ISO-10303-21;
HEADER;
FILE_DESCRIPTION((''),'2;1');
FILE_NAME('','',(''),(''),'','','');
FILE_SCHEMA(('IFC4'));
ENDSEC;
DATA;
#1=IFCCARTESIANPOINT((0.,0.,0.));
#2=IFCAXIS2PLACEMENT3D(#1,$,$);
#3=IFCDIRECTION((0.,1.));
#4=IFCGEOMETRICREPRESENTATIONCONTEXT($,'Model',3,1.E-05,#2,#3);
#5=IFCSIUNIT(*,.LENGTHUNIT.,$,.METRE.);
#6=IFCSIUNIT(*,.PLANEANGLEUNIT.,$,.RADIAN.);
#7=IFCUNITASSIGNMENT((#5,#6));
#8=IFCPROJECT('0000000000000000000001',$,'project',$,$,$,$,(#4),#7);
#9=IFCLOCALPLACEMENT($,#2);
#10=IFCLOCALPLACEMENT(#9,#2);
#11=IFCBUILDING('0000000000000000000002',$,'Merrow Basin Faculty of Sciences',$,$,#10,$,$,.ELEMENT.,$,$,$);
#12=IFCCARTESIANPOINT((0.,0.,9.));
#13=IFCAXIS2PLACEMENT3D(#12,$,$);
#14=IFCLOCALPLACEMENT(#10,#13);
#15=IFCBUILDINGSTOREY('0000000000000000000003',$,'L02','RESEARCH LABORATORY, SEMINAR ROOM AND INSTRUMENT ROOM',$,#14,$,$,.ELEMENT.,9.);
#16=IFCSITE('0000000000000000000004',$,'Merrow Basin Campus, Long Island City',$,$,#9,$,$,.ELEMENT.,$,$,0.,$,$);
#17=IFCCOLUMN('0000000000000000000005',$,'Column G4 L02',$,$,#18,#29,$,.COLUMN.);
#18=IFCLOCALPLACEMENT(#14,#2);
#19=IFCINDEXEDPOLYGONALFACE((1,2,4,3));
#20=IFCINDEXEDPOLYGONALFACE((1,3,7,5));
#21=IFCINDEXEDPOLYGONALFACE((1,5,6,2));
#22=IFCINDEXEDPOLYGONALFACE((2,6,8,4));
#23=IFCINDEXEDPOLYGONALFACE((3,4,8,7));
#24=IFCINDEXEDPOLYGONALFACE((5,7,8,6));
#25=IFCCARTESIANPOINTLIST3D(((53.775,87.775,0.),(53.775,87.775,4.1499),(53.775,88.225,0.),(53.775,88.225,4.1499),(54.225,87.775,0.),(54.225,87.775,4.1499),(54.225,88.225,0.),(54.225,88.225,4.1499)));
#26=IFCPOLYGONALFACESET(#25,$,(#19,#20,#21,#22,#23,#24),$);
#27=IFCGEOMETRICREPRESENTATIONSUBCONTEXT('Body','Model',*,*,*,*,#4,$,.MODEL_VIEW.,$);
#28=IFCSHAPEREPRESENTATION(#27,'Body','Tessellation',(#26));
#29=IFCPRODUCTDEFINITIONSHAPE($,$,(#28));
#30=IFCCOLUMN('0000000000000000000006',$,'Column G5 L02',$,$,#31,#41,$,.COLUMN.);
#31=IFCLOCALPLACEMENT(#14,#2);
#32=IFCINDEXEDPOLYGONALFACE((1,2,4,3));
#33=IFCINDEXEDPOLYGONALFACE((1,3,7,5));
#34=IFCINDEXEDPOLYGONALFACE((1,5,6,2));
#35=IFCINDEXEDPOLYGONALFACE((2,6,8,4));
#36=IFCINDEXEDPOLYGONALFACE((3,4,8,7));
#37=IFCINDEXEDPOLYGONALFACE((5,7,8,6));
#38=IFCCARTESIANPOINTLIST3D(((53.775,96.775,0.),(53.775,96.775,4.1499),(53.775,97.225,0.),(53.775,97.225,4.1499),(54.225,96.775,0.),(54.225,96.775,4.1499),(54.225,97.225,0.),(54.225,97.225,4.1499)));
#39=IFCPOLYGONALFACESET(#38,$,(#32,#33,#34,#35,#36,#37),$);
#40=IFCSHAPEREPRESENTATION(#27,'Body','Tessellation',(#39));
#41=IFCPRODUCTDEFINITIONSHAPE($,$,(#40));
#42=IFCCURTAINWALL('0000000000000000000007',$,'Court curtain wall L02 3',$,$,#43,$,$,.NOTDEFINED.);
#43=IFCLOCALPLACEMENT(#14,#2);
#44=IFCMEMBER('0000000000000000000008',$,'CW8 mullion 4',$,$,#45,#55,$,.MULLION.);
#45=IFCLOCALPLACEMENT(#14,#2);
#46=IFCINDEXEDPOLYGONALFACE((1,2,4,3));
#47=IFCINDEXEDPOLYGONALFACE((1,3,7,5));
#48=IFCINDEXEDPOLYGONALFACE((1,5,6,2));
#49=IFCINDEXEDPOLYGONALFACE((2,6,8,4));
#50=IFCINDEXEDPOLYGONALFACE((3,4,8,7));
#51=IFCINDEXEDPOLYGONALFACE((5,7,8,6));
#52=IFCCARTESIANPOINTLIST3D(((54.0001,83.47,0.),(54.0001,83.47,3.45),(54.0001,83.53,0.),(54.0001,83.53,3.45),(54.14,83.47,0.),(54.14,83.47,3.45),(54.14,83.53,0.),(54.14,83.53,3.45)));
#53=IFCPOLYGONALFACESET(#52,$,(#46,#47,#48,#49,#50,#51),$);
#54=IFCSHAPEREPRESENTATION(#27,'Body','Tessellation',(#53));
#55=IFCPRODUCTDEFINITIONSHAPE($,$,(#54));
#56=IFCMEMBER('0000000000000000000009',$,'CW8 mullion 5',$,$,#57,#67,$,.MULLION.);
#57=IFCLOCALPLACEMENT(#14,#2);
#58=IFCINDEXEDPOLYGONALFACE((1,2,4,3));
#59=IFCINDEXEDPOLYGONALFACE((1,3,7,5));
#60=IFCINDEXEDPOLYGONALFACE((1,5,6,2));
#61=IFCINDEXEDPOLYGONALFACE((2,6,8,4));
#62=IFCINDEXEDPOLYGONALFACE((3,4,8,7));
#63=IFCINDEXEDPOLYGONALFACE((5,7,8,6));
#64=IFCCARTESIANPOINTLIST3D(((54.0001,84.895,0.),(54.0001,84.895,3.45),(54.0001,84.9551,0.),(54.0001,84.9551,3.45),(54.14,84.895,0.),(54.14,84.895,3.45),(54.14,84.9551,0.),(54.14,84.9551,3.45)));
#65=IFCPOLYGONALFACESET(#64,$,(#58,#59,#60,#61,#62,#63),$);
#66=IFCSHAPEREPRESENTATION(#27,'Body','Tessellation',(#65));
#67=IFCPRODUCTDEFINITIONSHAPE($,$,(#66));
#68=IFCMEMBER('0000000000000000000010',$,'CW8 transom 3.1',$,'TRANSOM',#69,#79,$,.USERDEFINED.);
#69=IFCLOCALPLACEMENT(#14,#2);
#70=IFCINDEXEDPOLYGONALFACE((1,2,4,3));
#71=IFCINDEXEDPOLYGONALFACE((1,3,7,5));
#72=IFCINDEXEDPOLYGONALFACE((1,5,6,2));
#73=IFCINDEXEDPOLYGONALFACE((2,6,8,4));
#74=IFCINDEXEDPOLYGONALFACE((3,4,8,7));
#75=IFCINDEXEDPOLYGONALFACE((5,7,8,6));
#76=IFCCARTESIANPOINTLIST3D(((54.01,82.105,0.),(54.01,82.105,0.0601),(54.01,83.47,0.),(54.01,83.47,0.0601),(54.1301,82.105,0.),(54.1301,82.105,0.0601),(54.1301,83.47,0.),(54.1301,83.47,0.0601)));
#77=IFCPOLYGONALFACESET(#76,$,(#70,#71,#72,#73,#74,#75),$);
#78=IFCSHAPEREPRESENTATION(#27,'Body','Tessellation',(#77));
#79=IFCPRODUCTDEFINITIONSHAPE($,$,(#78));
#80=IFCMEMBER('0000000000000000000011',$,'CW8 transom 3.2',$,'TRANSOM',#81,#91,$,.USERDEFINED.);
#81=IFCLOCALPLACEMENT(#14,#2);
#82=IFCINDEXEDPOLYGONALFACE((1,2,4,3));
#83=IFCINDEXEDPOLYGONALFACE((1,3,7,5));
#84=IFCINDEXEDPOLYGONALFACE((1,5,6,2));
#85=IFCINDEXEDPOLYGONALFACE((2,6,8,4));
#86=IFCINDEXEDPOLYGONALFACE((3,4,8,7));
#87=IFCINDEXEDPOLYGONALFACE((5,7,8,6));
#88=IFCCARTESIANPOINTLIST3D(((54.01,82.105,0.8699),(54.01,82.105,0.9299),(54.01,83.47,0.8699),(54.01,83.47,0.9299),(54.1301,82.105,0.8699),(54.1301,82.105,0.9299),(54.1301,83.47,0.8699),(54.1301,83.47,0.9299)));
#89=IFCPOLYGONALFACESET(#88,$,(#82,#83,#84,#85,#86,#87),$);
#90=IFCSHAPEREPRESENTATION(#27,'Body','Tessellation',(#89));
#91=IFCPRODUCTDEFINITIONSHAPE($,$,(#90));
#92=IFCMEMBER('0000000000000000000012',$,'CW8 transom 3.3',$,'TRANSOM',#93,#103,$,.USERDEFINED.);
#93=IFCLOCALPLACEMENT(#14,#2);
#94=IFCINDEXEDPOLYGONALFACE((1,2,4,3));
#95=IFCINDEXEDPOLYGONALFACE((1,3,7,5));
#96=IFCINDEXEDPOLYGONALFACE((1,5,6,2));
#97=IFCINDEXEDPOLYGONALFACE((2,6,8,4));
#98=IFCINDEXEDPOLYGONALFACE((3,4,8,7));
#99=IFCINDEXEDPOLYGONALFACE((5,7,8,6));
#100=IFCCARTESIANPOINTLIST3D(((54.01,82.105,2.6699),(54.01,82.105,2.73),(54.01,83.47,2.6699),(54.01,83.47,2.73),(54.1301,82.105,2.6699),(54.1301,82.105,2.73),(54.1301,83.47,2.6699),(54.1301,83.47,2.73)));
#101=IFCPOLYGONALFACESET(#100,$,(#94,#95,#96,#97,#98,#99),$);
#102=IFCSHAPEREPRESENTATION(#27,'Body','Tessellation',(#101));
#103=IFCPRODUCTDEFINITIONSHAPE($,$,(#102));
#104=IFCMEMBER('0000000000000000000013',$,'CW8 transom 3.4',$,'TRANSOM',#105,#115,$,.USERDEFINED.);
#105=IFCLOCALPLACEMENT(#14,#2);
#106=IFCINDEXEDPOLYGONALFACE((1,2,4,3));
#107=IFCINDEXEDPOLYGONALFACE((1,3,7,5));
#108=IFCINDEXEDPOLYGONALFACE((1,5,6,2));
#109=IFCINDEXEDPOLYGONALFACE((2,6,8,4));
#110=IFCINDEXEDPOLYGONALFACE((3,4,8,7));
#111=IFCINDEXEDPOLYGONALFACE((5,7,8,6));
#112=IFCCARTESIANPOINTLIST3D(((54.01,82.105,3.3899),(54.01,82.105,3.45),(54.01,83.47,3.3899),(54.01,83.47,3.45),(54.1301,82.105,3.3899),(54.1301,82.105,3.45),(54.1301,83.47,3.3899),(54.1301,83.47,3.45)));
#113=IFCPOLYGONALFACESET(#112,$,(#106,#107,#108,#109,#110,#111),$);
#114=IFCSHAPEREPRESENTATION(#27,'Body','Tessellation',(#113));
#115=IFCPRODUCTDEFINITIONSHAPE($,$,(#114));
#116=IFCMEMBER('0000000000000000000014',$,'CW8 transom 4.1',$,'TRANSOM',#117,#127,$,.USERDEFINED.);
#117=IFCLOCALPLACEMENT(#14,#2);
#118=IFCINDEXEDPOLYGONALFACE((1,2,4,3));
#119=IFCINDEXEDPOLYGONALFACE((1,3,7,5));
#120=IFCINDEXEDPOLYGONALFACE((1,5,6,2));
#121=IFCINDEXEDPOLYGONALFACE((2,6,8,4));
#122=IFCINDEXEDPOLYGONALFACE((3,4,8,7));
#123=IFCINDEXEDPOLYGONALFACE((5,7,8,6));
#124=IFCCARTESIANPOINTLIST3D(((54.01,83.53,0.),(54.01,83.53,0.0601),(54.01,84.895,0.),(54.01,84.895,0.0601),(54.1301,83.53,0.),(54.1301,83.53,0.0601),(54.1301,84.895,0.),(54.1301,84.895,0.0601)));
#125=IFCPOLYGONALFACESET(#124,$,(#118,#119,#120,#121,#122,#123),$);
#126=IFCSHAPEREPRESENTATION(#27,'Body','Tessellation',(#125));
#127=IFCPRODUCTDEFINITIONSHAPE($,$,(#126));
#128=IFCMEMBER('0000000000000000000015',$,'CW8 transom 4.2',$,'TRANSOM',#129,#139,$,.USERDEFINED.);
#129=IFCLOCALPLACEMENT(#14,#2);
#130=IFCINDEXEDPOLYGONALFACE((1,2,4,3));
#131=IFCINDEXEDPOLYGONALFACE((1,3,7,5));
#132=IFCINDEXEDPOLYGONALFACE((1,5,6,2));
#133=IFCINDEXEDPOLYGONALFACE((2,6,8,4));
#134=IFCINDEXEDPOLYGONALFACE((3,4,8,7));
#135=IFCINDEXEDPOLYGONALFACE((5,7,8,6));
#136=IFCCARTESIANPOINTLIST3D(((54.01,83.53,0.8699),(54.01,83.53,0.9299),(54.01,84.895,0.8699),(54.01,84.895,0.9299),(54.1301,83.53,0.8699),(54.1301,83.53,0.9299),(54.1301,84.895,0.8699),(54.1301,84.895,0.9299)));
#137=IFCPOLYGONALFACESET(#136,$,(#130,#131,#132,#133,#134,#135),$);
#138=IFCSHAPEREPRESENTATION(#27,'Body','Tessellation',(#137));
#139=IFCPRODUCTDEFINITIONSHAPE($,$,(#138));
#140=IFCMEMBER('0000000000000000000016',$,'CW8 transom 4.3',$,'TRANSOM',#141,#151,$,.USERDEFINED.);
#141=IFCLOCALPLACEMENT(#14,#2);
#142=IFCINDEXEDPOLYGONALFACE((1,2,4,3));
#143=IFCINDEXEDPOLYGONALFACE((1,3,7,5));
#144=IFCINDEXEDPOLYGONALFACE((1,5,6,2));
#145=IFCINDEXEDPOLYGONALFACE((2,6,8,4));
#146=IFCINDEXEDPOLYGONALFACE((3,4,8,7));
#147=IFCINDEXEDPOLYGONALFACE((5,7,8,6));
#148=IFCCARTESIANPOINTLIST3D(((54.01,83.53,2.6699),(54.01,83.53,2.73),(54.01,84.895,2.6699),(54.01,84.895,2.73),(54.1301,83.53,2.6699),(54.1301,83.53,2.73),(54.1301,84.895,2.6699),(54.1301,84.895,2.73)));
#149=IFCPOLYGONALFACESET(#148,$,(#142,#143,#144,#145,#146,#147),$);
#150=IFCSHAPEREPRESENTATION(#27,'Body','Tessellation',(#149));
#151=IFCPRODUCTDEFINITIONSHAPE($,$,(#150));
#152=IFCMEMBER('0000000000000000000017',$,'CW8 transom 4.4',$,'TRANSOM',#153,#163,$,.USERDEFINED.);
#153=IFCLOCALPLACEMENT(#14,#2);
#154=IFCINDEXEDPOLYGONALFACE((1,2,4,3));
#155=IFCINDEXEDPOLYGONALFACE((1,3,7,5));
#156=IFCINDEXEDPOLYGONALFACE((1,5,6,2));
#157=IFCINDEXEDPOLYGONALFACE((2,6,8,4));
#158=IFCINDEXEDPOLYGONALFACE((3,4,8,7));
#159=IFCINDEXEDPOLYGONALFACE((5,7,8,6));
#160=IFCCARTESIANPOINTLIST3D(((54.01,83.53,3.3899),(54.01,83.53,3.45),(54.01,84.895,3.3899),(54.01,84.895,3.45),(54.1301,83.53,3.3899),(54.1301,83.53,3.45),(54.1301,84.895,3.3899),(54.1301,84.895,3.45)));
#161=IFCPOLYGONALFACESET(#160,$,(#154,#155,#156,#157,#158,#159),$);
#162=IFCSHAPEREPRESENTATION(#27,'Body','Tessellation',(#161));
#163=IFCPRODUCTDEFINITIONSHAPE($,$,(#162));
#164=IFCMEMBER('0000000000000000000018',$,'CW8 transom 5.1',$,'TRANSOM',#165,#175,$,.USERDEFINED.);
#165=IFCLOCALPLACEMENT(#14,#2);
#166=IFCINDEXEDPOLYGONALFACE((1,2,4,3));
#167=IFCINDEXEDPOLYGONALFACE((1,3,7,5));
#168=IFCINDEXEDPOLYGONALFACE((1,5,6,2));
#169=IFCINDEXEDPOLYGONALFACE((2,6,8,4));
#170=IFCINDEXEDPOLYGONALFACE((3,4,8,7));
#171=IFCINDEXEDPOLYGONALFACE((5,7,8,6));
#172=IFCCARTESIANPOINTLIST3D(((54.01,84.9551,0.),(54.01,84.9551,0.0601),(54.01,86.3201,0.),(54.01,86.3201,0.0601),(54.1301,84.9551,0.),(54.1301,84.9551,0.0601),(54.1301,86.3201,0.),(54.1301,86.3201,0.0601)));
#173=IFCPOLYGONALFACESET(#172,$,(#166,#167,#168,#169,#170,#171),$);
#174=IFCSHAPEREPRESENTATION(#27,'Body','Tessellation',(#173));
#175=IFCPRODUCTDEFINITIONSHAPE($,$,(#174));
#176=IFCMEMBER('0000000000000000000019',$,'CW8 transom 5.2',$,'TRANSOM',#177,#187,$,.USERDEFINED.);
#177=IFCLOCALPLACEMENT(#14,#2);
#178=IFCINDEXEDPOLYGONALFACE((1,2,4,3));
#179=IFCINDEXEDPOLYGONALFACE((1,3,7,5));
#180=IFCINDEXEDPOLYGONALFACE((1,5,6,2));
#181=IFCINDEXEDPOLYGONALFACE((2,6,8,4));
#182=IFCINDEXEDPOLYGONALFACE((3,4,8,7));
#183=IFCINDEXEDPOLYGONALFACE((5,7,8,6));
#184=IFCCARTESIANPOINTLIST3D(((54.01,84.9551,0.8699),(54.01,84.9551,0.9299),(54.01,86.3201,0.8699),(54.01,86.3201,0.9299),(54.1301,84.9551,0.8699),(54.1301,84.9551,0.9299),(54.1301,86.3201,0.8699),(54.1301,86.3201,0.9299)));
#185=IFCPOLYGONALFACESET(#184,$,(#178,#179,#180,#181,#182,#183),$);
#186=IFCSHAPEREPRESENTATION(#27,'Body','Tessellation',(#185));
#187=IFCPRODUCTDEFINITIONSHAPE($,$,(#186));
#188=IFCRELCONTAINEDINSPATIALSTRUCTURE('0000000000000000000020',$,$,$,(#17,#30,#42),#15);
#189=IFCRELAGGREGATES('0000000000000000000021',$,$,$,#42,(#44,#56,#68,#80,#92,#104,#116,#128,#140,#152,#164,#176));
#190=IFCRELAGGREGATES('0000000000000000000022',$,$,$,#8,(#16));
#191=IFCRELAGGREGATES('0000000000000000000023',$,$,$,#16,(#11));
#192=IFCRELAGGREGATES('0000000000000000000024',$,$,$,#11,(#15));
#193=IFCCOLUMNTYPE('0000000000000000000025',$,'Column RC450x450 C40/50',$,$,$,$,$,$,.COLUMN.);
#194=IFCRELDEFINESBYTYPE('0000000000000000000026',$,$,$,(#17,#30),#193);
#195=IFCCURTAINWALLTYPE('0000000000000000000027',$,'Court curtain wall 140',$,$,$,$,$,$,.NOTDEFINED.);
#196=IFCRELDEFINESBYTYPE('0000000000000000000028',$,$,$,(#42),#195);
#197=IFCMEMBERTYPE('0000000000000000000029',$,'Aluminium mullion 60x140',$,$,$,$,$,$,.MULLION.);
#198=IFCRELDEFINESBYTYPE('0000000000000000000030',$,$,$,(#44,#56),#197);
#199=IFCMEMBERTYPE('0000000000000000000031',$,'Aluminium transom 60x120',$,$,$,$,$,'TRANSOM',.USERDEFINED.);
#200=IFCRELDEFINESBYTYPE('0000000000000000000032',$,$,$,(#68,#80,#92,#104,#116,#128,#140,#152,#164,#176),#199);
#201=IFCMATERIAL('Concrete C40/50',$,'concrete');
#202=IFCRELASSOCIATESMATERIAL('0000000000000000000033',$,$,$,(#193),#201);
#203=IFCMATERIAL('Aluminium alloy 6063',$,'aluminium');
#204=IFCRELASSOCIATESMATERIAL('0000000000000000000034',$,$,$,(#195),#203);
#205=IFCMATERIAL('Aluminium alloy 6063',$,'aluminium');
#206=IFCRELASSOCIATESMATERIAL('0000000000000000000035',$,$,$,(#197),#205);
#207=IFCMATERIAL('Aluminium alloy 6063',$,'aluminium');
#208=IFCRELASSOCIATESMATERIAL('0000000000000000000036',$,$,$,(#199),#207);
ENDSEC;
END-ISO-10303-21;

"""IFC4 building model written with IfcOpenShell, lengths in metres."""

from ifc_helpers import new_model, si_unit, direction, frame, origin, origin_2d, place, context, subcontext, project, spatial, rectangle, extrude, material, material_profile, profile_set, type_object, element, aggregate, save


model = new_model("IFC4")

# Units and contexts
model_context = context("Model", 3, precision=1e-05, world=origin(), true_north=direction((0.0, 1.0)))
body_context = subcontext(model_context, "Body", "Model", "MODEL_VIEW")
ifc_project = project(units=[si_unit("LENGTHUNIT", "METRE"), si_unit("PLANEANGLEUNIT", "RADIAN")], contexts=[model_context])

# Site, building, storey
site_placement = place(None, origin())
site = spatial("IfcSite", under=ifc_project, at=site_placement, Name="Merrow Basin Campus, Long Island City", CompositionType="ELEMENT", RefElevation=0.0)
building_placement = place(site_placement, origin())
building = spatial("IfcBuilding", under=site, at=building_placement, Name="Merrow Basin Faculty of Sciences", CompositionType="ELEMENT")
storey_placement = place(building_placement, frame((0.0, 0.0, 9.0)))
storey = spatial("IfcBuildingStorey", under=building, at=storey_placement, Name="L02", Description="RESEARCH LABORATORY, SEMINAR ROOM AND INSTRUMENT ROOM", CompositionType="ELEMENT", Elevation=9.0)

# Columns
ifc_material_1 = material(Name="Concrete C40/50", Category="concrete")
ifc_material_profile_1 = material_profile(ifc_material_1, rectangle(XDim=0.45, YDim=0.45, at=origin_2d()))
ifc_profile_set_1 = profile_set([ifc_material_profile_1], Name="Concrete C40/50")
column_type = type_object("IfcColumnType", Name="Column RC450x450 C40/50", PredefinedType="COLUMN", material=ifc_profile_set_1)
for number, where, z_axis, x_axis, name in (
    (1, (54.0, 88.0, 0.0), (0.0, 0.0, 1.0), (1.0, 0.0, 0.0), "Column G4 L02"),
    (2, (54.0, 97.0, 0.0), (0.0, 0.0, 1.0), (1.0, 0.0, 0.0), "Column G5 L02"),
):
    element("IfcColumn", number, at=place(storey_placement, frame(where, z_axis=z_axis, x_axis=x_axis)), inside=storey, type_object=column_type, Name=name, PredefinedType="COLUMN", context=body_context, shape_type="SweptSolid", body=[
        extrude(rectangle(XDim=0.45, YDim=0.45, at=origin_2d()), origin(), (0.0, 0.0, 1.0), 4.1499),
    ])

# Curtain wall, members
ifc_material_2 = material(Name="Aluminium alloy 6063", Category="aluminium")
curtain_wall_type = type_object("IfcCurtainWallType", Name="Court curtain wall 140", PredefinedType="NOTDEFINED", material=ifc_material_2)
curtain_wall_placement = place(storey_placement, origin())
curtain_wall = element("IfcCurtainWall", 3, at=curtain_wall_placement, inside=storey, type_object=curtain_wall_type, Name="Court curtain wall L02 3", PredefinedType="NOTDEFINED")
ifc_material_3 = material(Name="Aluminium alloy 6063", Category="aluminium")
ifc_material_profile_2 = material_profile(ifc_material_3, rectangle(XDim=0.1399, YDim=0.0601, at=origin_2d()))
ifc_profile_set_2 = profile_set([ifc_material_profile_2], Name="Aluminium alloy 6063")
member_type_1 = type_object("IfcMemberType", Name="Aluminium mullion 60x140", PredefinedType="MULLION", material=ifc_profile_set_2)
member_1_placement = place(storey_placement, frame((54.0701, 83.5, 0.0), z_axis=(0.0, 0.0, 1.0), x_axis=(-1.0, 0.0, 0.0)))
member_1 = element("IfcMember", 4, at=member_1_placement, type_object=member_type_1, Name="CW8 mullion 4", PredefinedType="MULLION", context=body_context, shape_type="SweptSolid", body=[
    extrude(rectangle(XDim=0.1399, YDim=0.0601, at=origin_2d()), origin(), (0.0, 0.0, 1.0), 3.45),
])
member_2_placement = place(storey_placement, frame((54.0701, 84.925, 0.0), z_axis=(0.0, 0.0, 1.0), x_axis=(-1.0, 0.0, 0.0)))
member_2 = element("IfcMember", 5, at=member_2_placement, type_object=member_type_1, Name="CW8 mullion 5", PredefinedType="MULLION", context=body_context, shape_type="SweptSolid", body=[
    extrude(rectangle(XDim=0.1399, YDim=0.0601, at=origin_2d()), origin(), (0.0, 0.0, 1.0), 3.45),
])
ifc_material_4 = material(Name="Aluminium alloy 6063", Category="aluminium")
ifc_material_profile_3 = material_profile(ifc_material_4, rectangle(XDim=0.1201, YDim=0.0601, at=origin_2d()))
ifc_profile_set_3 = profile_set([ifc_material_profile_3], Name="Aluminium alloy 6063")
member_type_2 = type_object("IfcMemberType", Name="Aluminium transom 60x120", ElementType="TRANSOM", PredefinedType="USERDEFINED", material=ifc_profile_set_3)
member_3_placement = place(storey_placement, frame((54.0701, 82.105, 0.03), z_axis=(0.0, 1.0, 0.0), x_axis=(-1.0, 0.0, 0.0)))
member_3 = element("IfcMember", 6, at=member_3_placement, type_object=member_type_2, Name="CW8 transom 3.1", ObjectType="TRANSOM", PredefinedType="USERDEFINED", context=body_context, shape_type="SweptSolid", body=[
    extrude(rectangle(XDim=0.1201, YDim=0.0601, at=origin_2d()), origin(), (0.0, 0.0, 1.0), 1.365),
])
member_4_placement = place(storey_placement, frame((54.0701, 82.105, 0.8999), z_axis=(0.0, 1.0, 0.0), x_axis=(-1.0, 0.0, 0.0)))
member_4 = element("IfcMember", 7, at=member_4_placement, type_object=member_type_2, Name="CW8 transom 3.2", ObjectType="TRANSOM", PredefinedType="USERDEFINED", context=body_context, shape_type="SweptSolid", body=[
    extrude(rectangle(XDim=0.1201, YDim=0.0601, at=origin_2d()), origin(), (0.0, 0.0, 1.0), 1.365),
])
member_5_placement = place(storey_placement, frame((54.0701, 82.105, 2.7), z_axis=(0.0, 1.0, 0.0), x_axis=(-1.0, 0.0, 0.0)))
member_5 = element("IfcMember", 8, at=member_5_placement, type_object=member_type_2, Name="CW8 transom 3.3", ObjectType="TRANSOM", PredefinedType="USERDEFINED", context=body_context, shape_type="SweptSolid", body=[
    extrude(rectangle(XDim=0.1201, YDim=0.0601, at=origin_2d()), origin(), (0.0, 0.0, 1.0), 1.365),
])
member_6_placement = place(storey_placement, frame((54.0701, 82.105, 3.4199), z_axis=(0.0, 1.0, 0.0), x_axis=(-1.0, 0.0, 0.0)))
member_6 = element("IfcMember", 9, at=member_6_placement, type_object=member_type_2, Name="CW8 transom 3.4", ObjectType="TRANSOM", PredefinedType="USERDEFINED", context=body_context, shape_type="SweptSolid", body=[
    extrude(rectangle(XDim=0.1201, YDim=0.0601, at=origin_2d()), origin(), (0.0, 0.0, 1.0), 1.365),
])
member_7_placement = place(storey_placement, frame((54.0701, 83.53, 0.03), z_axis=(0.0, 1.0, 0.0), x_axis=(-1.0, 0.0, 0.0)))
member_7 = element("IfcMember", 10, at=member_7_placement, type_object=member_type_2, Name="CW8 transom 4.1", ObjectType="TRANSOM", PredefinedType="USERDEFINED", context=body_context, shape_type="SweptSolid", body=[
    extrude(rectangle(XDim=0.1201, YDim=0.0601, at=origin_2d()), origin(), (0.0, 0.0, 1.0), 1.365),
])
member_8_placement = place(storey_placement, frame((54.0701, 83.53, 0.8999), z_axis=(0.0, 1.0, 0.0), x_axis=(-1.0, 0.0, 0.0)))
member_8 = element("IfcMember", 11, at=member_8_placement, type_object=member_type_2, Name="CW8 transom 4.2", ObjectType="TRANSOM", PredefinedType="USERDEFINED", context=body_context, shape_type="SweptSolid", body=[
    extrude(rectangle(XDim=0.1201, YDim=0.0601, at=origin_2d()), origin(), (0.0, 0.0, 1.0), 1.365),
])
member_9_placement = place(storey_placement, frame((54.0701, 83.53, 2.7), z_axis=(0.0, 1.0, 0.0), x_axis=(-1.0, 0.0, 0.0)))
member_9 = element("IfcMember", 12, at=member_9_placement, type_object=member_type_2, Name="CW8 transom 4.3", ObjectType="TRANSOM", PredefinedType="USERDEFINED", context=body_context, shape_type="SweptSolid", body=[
    extrude(rectangle(XDim=0.1201, YDim=0.0601, at=origin_2d()), origin(), (0.0, 0.0, 1.0), 1.365),
])
member_10_placement = place(storey_placement, frame((54.0701, 83.53, 3.4199), z_axis=(0.0, 1.0, 0.0), x_axis=(-1.0, 0.0, 0.0)))
member_10 = element("IfcMember", 13, at=member_10_placement, type_object=member_type_2, Name="CW8 transom 4.4", ObjectType="TRANSOM", PredefinedType="USERDEFINED", context=body_context, shape_type="SweptSolid", body=[
    extrude(rectangle(XDim=0.1201, YDim=0.0601, at=origin_2d()), origin(), (0.0, 0.0, 1.0), 1.365),
])
member_11_placement = place(storey_placement, frame((54.0701, 84.9551, 0.03), z_axis=(0.0, 1.0, 0.0), x_axis=(-1.0, 0.0, 0.0)))
member_11 = element("IfcMember", 14, at=member_11_placement, type_object=member_type_2, Name="CW8 transom 5.1", ObjectType="TRANSOM", PredefinedType="USERDEFINED", context=body_context, shape_type="SweptSolid", body=[
    extrude(rectangle(XDim=0.1201, YDim=0.0601, at=origin_2d()), origin(), (0.0, 0.0, 1.0), 1.365),
])
member_12_placement = place(storey_placement, frame((54.0701, 84.9551, 0.8999), z_axis=(0.0, 1.0, 0.0), x_axis=(-1.0, 0.0, 0.0)))
member_12 = element("IfcMember", 15, at=member_12_placement, type_object=member_type_2, Name="CW8 transom 5.2", ObjectType="TRANSOM", PredefinedType="USERDEFINED", context=body_context, shape_type="SweptSolid", body=[
    extrude(rectangle(XDim=0.1201, YDim=0.0601, at=origin_2d()), origin(), (0.0, 0.0, 1.0), 1.365),
])

aggregate(curtain_wall, [member_1, member_2, member_3, member_4, member_5, member_6, member_7, member_8, member_9, member_10, member_11, member_12])

save(model, "model.ifc")
